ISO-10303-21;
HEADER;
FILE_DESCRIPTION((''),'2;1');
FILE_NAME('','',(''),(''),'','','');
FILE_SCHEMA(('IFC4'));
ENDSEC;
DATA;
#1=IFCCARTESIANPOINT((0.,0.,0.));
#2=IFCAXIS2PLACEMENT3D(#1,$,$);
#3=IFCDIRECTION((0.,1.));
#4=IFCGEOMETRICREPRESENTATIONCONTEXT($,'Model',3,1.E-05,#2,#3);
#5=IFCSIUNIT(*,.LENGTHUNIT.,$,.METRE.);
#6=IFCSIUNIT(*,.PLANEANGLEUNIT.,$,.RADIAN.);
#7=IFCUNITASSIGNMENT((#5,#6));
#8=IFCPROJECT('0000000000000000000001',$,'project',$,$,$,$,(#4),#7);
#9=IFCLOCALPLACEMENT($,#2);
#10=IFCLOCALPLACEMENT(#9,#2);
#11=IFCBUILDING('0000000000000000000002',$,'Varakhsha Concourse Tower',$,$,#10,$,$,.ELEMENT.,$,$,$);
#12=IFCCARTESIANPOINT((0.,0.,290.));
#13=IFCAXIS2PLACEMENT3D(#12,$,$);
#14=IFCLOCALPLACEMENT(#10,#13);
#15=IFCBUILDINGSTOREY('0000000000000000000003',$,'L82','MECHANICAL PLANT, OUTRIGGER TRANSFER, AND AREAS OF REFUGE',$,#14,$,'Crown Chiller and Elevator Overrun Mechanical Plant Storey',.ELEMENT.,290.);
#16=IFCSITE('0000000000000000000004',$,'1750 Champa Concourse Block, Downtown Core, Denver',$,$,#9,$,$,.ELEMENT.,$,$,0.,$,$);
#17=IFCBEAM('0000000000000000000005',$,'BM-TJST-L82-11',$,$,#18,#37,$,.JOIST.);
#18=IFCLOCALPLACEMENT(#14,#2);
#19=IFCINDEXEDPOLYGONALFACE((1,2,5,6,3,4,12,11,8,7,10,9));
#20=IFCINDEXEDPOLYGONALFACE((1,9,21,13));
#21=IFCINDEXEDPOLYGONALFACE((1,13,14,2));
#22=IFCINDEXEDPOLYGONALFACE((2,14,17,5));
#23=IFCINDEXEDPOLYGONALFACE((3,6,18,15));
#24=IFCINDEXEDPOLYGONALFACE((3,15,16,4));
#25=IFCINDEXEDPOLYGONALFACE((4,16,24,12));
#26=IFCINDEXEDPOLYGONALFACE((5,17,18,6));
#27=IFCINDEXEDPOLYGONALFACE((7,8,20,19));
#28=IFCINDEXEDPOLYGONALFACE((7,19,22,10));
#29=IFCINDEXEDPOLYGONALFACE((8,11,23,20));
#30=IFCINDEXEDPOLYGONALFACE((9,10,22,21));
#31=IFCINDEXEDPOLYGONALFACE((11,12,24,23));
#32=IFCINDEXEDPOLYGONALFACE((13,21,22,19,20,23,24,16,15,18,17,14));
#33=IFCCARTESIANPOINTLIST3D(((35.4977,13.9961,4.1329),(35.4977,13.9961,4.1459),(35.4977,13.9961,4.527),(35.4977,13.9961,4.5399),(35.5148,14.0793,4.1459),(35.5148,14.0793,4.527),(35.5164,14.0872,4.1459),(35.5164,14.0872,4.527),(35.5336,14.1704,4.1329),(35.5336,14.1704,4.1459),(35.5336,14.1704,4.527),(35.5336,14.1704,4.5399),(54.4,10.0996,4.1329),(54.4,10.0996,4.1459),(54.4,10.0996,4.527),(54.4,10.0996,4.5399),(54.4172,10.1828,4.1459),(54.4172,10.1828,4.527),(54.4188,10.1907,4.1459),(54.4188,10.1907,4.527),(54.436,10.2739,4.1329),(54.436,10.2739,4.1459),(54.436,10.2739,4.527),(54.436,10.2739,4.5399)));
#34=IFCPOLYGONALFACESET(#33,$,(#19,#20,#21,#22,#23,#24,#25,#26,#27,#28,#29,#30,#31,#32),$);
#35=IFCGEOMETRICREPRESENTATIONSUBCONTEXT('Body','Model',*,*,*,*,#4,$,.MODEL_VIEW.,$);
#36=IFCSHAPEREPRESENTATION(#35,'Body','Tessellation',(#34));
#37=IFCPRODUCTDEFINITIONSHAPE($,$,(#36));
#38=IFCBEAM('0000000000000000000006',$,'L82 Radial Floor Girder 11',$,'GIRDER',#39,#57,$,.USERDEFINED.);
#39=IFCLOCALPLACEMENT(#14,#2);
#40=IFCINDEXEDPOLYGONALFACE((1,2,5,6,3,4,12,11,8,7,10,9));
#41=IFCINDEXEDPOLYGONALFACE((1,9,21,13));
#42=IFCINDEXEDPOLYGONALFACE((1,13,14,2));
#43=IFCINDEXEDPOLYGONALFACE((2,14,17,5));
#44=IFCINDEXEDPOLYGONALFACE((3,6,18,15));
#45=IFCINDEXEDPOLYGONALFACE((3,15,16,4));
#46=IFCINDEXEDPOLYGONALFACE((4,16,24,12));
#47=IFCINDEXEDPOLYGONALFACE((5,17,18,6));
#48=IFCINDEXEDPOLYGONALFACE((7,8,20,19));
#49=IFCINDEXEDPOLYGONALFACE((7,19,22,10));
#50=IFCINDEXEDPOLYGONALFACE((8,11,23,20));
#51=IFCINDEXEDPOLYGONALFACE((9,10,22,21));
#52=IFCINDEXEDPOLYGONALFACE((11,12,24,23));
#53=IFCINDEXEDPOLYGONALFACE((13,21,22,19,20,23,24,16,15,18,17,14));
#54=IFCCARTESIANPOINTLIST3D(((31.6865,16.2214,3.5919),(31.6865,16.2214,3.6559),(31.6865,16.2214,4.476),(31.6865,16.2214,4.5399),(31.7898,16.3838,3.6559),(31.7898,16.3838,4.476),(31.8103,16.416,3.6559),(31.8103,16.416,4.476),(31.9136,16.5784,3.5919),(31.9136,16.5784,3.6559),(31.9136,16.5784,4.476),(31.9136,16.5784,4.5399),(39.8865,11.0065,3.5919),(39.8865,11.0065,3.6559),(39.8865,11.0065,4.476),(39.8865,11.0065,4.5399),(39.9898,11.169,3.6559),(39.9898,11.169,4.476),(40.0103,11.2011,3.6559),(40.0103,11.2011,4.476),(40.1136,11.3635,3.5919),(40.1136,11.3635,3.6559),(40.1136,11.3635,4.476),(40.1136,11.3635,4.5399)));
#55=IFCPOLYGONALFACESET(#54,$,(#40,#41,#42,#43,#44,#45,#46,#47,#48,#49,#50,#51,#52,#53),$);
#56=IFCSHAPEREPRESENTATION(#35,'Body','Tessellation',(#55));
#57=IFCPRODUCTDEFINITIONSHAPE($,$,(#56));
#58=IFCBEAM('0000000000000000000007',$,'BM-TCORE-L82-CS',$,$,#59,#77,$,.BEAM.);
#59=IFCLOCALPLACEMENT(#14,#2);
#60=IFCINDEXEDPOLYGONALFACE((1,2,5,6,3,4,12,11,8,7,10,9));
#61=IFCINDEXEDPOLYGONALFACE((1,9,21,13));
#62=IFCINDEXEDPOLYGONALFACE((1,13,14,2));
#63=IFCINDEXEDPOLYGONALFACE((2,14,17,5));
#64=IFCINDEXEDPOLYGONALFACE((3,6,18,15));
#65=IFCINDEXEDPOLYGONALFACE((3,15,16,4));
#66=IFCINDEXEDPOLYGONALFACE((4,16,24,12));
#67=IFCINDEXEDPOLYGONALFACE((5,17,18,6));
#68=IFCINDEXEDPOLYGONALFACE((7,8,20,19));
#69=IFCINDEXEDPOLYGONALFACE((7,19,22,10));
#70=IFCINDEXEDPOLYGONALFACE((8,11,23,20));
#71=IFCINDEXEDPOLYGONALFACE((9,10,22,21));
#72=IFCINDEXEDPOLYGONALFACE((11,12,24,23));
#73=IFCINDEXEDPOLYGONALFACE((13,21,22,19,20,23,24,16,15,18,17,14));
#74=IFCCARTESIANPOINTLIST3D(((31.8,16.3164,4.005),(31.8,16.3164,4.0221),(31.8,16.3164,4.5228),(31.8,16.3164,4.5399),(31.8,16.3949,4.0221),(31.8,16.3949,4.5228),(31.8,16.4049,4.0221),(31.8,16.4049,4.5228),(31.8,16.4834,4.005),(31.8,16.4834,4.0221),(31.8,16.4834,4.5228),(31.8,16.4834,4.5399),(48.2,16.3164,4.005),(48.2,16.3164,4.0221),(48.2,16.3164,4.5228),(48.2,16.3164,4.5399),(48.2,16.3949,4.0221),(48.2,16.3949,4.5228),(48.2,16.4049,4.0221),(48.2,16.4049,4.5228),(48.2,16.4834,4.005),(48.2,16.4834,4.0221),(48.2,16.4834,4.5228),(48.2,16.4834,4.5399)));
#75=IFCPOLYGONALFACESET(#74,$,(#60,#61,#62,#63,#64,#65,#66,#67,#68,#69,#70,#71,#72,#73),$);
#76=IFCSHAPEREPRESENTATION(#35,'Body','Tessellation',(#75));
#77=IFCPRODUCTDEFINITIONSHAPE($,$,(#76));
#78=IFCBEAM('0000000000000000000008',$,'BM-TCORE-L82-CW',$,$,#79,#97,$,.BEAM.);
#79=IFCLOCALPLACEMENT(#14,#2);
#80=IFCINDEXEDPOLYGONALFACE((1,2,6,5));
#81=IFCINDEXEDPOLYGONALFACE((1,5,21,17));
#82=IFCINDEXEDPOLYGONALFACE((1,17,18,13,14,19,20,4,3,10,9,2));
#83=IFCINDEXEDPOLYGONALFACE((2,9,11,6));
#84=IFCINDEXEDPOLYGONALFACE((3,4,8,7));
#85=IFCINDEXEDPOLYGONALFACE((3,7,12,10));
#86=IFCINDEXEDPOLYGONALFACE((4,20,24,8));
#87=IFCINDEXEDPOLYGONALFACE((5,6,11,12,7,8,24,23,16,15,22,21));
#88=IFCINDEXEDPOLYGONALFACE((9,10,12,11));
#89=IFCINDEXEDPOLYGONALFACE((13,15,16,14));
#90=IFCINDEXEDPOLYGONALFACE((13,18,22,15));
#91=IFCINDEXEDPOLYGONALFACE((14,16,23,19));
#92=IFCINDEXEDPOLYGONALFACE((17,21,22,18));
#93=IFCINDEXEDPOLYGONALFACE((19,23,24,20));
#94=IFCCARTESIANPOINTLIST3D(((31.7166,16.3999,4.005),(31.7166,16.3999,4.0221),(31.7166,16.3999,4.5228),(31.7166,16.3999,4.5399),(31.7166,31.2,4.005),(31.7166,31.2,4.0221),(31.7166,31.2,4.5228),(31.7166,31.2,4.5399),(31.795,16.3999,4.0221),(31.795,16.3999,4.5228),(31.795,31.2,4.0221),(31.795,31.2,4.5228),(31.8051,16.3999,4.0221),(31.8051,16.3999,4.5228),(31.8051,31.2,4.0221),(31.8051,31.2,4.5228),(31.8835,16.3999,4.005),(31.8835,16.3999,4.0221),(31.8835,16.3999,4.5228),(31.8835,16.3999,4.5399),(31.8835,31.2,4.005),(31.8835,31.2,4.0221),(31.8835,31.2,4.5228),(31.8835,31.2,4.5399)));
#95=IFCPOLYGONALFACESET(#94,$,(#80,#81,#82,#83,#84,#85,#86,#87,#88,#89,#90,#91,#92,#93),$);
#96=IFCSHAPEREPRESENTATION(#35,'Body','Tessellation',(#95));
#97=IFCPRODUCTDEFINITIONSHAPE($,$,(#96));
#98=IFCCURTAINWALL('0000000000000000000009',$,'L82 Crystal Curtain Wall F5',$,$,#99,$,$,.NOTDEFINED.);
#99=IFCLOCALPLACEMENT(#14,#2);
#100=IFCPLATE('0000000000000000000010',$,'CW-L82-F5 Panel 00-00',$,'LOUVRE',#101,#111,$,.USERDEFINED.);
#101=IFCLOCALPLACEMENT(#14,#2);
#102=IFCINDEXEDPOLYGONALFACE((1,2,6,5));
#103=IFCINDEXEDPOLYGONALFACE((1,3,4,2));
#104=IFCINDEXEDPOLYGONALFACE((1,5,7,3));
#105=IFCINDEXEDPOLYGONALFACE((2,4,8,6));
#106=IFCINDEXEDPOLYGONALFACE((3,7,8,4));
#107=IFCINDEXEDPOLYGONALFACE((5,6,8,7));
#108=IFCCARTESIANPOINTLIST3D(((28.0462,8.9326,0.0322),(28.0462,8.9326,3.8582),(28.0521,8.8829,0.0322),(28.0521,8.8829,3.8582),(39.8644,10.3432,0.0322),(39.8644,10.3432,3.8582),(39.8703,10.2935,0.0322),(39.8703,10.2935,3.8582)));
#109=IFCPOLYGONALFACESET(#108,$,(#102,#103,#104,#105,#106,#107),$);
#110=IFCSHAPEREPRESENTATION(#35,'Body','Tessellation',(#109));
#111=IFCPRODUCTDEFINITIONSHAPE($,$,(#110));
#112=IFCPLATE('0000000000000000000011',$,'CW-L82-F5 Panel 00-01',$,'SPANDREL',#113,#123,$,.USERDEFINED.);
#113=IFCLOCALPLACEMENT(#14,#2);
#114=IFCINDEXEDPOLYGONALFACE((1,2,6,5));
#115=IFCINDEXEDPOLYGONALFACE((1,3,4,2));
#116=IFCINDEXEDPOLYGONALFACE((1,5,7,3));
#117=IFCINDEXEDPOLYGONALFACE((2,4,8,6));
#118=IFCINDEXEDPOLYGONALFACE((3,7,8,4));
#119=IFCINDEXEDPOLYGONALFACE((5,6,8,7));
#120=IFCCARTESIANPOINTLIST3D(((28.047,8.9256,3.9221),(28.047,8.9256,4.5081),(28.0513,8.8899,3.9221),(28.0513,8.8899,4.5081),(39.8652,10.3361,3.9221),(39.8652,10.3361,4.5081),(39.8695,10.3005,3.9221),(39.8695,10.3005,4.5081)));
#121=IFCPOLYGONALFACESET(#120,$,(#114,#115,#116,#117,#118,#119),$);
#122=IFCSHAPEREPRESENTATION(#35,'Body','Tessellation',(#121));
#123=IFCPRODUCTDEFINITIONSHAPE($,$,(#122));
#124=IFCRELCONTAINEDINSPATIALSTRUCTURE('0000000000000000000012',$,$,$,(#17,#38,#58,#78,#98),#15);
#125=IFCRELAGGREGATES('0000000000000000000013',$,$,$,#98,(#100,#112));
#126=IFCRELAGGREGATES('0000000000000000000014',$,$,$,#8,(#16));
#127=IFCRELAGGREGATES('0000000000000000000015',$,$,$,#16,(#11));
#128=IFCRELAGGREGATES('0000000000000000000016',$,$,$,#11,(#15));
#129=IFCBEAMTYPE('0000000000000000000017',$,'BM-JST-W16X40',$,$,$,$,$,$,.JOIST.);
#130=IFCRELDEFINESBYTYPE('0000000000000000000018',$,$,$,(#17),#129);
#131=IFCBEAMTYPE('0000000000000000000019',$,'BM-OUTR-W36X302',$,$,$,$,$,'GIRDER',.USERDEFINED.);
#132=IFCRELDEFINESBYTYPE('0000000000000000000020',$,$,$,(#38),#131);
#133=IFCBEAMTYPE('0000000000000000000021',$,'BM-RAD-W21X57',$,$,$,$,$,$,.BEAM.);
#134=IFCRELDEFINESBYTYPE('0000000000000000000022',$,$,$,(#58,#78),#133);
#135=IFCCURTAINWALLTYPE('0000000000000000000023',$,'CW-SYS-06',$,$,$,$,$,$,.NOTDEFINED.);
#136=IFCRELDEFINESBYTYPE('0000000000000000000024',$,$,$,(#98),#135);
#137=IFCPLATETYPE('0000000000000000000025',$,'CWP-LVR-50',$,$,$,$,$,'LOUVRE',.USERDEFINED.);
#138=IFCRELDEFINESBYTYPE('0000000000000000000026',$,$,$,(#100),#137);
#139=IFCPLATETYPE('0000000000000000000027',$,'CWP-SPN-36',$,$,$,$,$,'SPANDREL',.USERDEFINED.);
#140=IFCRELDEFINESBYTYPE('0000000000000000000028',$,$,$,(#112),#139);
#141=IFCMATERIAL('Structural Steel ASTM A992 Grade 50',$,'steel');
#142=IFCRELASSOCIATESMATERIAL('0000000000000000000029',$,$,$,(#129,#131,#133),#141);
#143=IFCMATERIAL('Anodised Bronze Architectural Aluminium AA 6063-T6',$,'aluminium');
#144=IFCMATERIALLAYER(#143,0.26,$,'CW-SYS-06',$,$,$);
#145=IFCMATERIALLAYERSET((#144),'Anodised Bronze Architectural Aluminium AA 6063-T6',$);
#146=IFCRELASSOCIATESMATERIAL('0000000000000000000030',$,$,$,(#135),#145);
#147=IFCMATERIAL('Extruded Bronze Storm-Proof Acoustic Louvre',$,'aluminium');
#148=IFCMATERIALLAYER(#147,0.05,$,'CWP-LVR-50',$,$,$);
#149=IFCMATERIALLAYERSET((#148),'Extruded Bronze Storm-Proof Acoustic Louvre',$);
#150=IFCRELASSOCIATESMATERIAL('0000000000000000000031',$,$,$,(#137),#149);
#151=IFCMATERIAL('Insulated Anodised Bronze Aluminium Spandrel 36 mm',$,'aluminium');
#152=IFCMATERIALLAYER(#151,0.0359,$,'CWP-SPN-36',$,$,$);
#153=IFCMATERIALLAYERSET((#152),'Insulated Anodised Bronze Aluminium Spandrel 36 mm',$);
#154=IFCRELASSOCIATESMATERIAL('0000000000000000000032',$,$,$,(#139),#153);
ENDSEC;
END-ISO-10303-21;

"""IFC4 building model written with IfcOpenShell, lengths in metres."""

from ifc_helpers import new_model, si_unit, direction, frame, origin, origin_2d, place, context, subcontext, project, spatial, rectangle, i_section, extrude, source, transform, mapped, material, layer, layer_set, material_profile, profile_set, type_object, type_shapes, element, aggregate, save


model = new_model("IFC4")

# Units and contexts
model_context = context("Model", 3, precision=1e-05, world=origin(), true_north=direction((0.0, 1.0)))
body_context = subcontext(model_context, "Body", "Model", "MODEL_VIEW")
ifc_project = project(units=[si_unit("LENGTHUNIT", "METRE"), si_unit("PLANEANGLEUNIT", "RADIAN")], contexts=[model_context])

# Site, building, storey
site_placement = place(None, origin())
site = spatial("IfcSite", under=ifc_project, at=site_placement, Name="1750 Champa Concourse Block, Downtown Core, Denver", CompositionType="ELEMENT", RefElevation=0.0)
building_placement = place(site_placement, origin())
building = spatial("IfcBuilding", under=site, at=building_placement, Name="Varakhsha Concourse Tower", CompositionType="ELEMENT")
storey_placement = place(building_placement, frame((0.0, 0.0, 290.0)))
storey = spatial("IfcBuildingStorey", under=building, at=storey_placement, Name="L82", Description="MECHANICAL PLANT, OUTRIGGER TRANSFER, AND AREAS OF REFUGE", LongName="Crown Chiller and Elevator Overrun Mechanical Plant Storey", CompositionType="ELEMENT", Elevation=290.0)

# Beams
ifc_material_1 = material(Name="Structural Steel ASTM A992 Grade 50", Category="steel")
ifc_material_profile_1 = material_profile(ifc_material_1, i_section(OverallWidth=0.178, OverallDepth=0.407, WebThickness=0.0081, FlangeThickness=0.0129, at=origin_2d()), Name="W16X40")
ifc_profile_set_1 = profile_set([ifc_material_profile_1], Name="Structural Steel ASTM A992 Grade 50")
beam_type_1 = type_object("IfcBeamType", Name="BM-JST-W16X40", PredefinedType="JOIST", material=ifc_profile_set_1)
beam_1_placement = place(storey_placement, frame((35.5156, 14.0833, 4.3364), z_axis=(0.979408, -0.201893, 0.0), x_axis=(0.201893, 0.979408, 0.0)))
element("IfcBeam", 1, at=beam_1_placement, inside=storey, type_object=beam_type_1, Name="BM-TJST-L82-11", PredefinedType="JOIST", context=body_context, shape_type="SweptSolid", body=[
    extrude(i_section(OverallWidth=0.178, OverallDepth=0.407, WebThickness=0.0081, FlangeThickness=0.0129, at=origin_2d()), origin(), (0.0, 0.0, 1.0), 19.2998),
])
ifc_material_profile_2 = material_profile(ifc_material_1, i_section(OverallWidth=0.4231, OverallDepth=0.948, WebThickness=0.0381, FlangeThickness=0.064, at=origin_2d()), Name="W36X302")
ifc_profile_set_2 = profile_set([ifc_material_profile_2], Name="Structural Steel ASTM A992 Grade 50")
beam_type_2 = type_object("IfcBeamType", Name="BM-OUTR-W36X302", ElementType="GIRDER", PredefinedType="USERDEFINED", material=ifc_profile_set_2)
beam_2_placement = place(storey_placement, frame((31.8, 16.3999, 4.0659), z_axis=(0.843816, -0.536633, 0.0), x_axis=(0.536633, 0.843816, 0.0)))
element("IfcBeam", 2, at=beam_2_placement, inside=storey, type_object=beam_type_2, Name="L82 Radial Floor Girder 11", ObjectType="GIRDER", PredefinedType="USERDEFINED", context=body_context, shape_type="SweptSolid", body=[
    extrude(i_section(OverallWidth=0.4231, OverallDepth=0.948, WebThickness=0.0381, FlangeThickness=0.064, at=origin_2d()), origin(), (0.0, 0.0, 1.0), 9.7178),
])
ifc_material_profile_3 = material_profile(ifc_material_1, i_section(OverallWidth=0.167, OverallDepth=0.5349, WebThickness=0.01, FlangeThickness=0.0171, at=origin_2d()), Name="W21X57")
ifc_profile_set_3 = profile_set([ifc_material_profile_3], Name="Structural Steel ASTM A992 Grade 50")
beam_type_3 = type_object("IfcBeamType", Name="BM-RAD-W21X57", PredefinedType="BEAM", material=ifc_profile_set_3)
beam_3_placement = place(storey_placement, frame((31.8, 16.3999, 4.2725), z_axis=(1.0, 0.0, 0.0), x_axis=(0.0, 1.0, 0.0)))
element("IfcBeam", 3, at=beam_3_placement, inside=storey, type_object=beam_type_3, Name="BM-TCORE-L82-CS", PredefinedType="BEAM", context=body_context, shape_type="SweptSolid", body=[
    extrude(i_section(OverallWidth=0.167, OverallDepth=0.5349, WebThickness=0.01, FlangeThickness=0.0171, at=origin_2d()), origin(), (0.0, 0.0, 1.0), 16.3999),
])
beam_4_placement = place(storey_placement, frame((31.8, 16.3999, 4.2725), z_axis=(0.0, 1.0, 0.0), x_axis=(-1.0, 0.0, 0.0)))
element("IfcBeam", 4, at=beam_4_placement, inside=storey, type_object=beam_type_3, Name="BM-TCORE-L82-CW", PredefinedType="BEAM", context=body_context, shape_type="SweptSolid", body=[
    extrude(i_section(OverallWidth=0.167, OverallDepth=0.5349, WebThickness=0.01, FlangeThickness=0.0171, at=origin_2d()), origin(), (0.0, 0.0, 1.0), 14.8),
])

# Curtain wall, plates
ifc_material_2 = material(Name="Anodised Bronze Architectural Aluminium AA 6063-T6", Category="aluminium")
ifc_layer_1 = layer(ifc_material_2, 0.26, Name="CW-SYS-06")
ifc_layer_set_1 = layer_set([ifc_layer_1], Name="Anodised Bronze Architectural Aluminium AA 6063-T6")
curtain_wall_type = type_object("IfcCurtainWallType", Name="CW-SYS-06", PredefinedType="NOTDEFINED", material=ifc_layer_set_1)
curtain_wall_placement = place(storey_placement, origin())
curtain_wall = element("IfcCurtainWall", 5, at=curtain_wall_placement, inside=storey, type_object=curtain_wall_type, Name="L82 Crystal Curtain Wall F5", PredefinedType="NOTDEFINED")
ifc_material_3 = material(Name="Extruded Bronze Storm-Proof Acoustic Louvre", Category="aluminium")
ifc_layer_2 = layer(ifc_material_3, 0.05, Name="CWP-LVR-50")
ifc_layer_set_2 = layer_set([ifc_layer_2], Name="Extruded Bronze Storm-Proof Acoustic Louvre")
plate_type_1 = type_object("IfcPlateType", Name="CWP-LVR-50", ElementType="LOUVRE", PredefinedType="USERDEFINED", material=ifc_layer_set_2)
shared_shape_1 = source(origin(), body_context, "Body", "SweptSolid", [
    extrude(rectangle(XDim=11.9021, YDim=0.05, at=origin_2d()), origin(), (0.0, 0.0, 1.0), 3.8259),
])
type_shapes(plate_type_1, [shared_shape_1])
plate_1_placement = place(storey_placement, frame((33.9583, 9.613, 0.0322), z_axis=(0.0, 0.0, 1.0), x_axis=(-0.992952, -0.118513, 0.0)))
plate_1 = element("IfcPlate", 6, at=plate_1_placement, type_object=plate_type_1, Name="CW-L82-F5 Panel 00-00", ObjectType="LOUVRE", PredefinedType="USERDEFINED", context=body_context, shape_type="MappedRepresentation", body=[
    mapped(shared_shape_1, transform((0.0, 0.0, 0.0), scale=1.0)),
])
ifc_material_4 = material(Name="Insulated Anodised Bronze Aluminium Spandrel 36 mm", Category="aluminium")
ifc_layer_3 = layer(ifc_material_4, 0.0359, Name="CWP-SPN-36")
ifc_layer_set_3 = layer_set([ifc_layer_3], Name="Insulated Anodised Bronze Aluminium Spandrel 36 mm")
plate_type_2 = type_object("IfcPlateType", Name="CWP-SPN-36", ElementType="SPANDREL", PredefinedType="USERDEFINED", material=ifc_layer_set_3)
shared_shape_2 = source(origin(), body_context, "Body", "SweptSolid", [
    extrude(rectangle(XDim=11.9021, YDim=0.0359, at=origin_2d()), origin(), (0.0, 0.0, 1.0), 0.5859),
])
type_shapes(plate_type_2, [shared_shape_2])
plate_2_placement = place(storey_placement, frame((33.9583, 9.613, 3.9221), z_axis=(0.0, 0.0, 1.0), x_axis=(-0.992952, -0.118513, 0.0)))
plate_2 = element("IfcPlate", 7, at=plate_2_placement, type_object=plate_type_2, Name="CW-L82-F5 Panel 00-01", ObjectType="SPANDREL", PredefinedType="USERDEFINED", context=body_context, shape_type="MappedRepresentation", body=[
    mapped(shared_shape_2, transform((0.0, 0.0, 0.0), scale=1.0)),
])
aggregate(curtain_wall, [plate_1, plate_2])

save(model, "model.ifc")
